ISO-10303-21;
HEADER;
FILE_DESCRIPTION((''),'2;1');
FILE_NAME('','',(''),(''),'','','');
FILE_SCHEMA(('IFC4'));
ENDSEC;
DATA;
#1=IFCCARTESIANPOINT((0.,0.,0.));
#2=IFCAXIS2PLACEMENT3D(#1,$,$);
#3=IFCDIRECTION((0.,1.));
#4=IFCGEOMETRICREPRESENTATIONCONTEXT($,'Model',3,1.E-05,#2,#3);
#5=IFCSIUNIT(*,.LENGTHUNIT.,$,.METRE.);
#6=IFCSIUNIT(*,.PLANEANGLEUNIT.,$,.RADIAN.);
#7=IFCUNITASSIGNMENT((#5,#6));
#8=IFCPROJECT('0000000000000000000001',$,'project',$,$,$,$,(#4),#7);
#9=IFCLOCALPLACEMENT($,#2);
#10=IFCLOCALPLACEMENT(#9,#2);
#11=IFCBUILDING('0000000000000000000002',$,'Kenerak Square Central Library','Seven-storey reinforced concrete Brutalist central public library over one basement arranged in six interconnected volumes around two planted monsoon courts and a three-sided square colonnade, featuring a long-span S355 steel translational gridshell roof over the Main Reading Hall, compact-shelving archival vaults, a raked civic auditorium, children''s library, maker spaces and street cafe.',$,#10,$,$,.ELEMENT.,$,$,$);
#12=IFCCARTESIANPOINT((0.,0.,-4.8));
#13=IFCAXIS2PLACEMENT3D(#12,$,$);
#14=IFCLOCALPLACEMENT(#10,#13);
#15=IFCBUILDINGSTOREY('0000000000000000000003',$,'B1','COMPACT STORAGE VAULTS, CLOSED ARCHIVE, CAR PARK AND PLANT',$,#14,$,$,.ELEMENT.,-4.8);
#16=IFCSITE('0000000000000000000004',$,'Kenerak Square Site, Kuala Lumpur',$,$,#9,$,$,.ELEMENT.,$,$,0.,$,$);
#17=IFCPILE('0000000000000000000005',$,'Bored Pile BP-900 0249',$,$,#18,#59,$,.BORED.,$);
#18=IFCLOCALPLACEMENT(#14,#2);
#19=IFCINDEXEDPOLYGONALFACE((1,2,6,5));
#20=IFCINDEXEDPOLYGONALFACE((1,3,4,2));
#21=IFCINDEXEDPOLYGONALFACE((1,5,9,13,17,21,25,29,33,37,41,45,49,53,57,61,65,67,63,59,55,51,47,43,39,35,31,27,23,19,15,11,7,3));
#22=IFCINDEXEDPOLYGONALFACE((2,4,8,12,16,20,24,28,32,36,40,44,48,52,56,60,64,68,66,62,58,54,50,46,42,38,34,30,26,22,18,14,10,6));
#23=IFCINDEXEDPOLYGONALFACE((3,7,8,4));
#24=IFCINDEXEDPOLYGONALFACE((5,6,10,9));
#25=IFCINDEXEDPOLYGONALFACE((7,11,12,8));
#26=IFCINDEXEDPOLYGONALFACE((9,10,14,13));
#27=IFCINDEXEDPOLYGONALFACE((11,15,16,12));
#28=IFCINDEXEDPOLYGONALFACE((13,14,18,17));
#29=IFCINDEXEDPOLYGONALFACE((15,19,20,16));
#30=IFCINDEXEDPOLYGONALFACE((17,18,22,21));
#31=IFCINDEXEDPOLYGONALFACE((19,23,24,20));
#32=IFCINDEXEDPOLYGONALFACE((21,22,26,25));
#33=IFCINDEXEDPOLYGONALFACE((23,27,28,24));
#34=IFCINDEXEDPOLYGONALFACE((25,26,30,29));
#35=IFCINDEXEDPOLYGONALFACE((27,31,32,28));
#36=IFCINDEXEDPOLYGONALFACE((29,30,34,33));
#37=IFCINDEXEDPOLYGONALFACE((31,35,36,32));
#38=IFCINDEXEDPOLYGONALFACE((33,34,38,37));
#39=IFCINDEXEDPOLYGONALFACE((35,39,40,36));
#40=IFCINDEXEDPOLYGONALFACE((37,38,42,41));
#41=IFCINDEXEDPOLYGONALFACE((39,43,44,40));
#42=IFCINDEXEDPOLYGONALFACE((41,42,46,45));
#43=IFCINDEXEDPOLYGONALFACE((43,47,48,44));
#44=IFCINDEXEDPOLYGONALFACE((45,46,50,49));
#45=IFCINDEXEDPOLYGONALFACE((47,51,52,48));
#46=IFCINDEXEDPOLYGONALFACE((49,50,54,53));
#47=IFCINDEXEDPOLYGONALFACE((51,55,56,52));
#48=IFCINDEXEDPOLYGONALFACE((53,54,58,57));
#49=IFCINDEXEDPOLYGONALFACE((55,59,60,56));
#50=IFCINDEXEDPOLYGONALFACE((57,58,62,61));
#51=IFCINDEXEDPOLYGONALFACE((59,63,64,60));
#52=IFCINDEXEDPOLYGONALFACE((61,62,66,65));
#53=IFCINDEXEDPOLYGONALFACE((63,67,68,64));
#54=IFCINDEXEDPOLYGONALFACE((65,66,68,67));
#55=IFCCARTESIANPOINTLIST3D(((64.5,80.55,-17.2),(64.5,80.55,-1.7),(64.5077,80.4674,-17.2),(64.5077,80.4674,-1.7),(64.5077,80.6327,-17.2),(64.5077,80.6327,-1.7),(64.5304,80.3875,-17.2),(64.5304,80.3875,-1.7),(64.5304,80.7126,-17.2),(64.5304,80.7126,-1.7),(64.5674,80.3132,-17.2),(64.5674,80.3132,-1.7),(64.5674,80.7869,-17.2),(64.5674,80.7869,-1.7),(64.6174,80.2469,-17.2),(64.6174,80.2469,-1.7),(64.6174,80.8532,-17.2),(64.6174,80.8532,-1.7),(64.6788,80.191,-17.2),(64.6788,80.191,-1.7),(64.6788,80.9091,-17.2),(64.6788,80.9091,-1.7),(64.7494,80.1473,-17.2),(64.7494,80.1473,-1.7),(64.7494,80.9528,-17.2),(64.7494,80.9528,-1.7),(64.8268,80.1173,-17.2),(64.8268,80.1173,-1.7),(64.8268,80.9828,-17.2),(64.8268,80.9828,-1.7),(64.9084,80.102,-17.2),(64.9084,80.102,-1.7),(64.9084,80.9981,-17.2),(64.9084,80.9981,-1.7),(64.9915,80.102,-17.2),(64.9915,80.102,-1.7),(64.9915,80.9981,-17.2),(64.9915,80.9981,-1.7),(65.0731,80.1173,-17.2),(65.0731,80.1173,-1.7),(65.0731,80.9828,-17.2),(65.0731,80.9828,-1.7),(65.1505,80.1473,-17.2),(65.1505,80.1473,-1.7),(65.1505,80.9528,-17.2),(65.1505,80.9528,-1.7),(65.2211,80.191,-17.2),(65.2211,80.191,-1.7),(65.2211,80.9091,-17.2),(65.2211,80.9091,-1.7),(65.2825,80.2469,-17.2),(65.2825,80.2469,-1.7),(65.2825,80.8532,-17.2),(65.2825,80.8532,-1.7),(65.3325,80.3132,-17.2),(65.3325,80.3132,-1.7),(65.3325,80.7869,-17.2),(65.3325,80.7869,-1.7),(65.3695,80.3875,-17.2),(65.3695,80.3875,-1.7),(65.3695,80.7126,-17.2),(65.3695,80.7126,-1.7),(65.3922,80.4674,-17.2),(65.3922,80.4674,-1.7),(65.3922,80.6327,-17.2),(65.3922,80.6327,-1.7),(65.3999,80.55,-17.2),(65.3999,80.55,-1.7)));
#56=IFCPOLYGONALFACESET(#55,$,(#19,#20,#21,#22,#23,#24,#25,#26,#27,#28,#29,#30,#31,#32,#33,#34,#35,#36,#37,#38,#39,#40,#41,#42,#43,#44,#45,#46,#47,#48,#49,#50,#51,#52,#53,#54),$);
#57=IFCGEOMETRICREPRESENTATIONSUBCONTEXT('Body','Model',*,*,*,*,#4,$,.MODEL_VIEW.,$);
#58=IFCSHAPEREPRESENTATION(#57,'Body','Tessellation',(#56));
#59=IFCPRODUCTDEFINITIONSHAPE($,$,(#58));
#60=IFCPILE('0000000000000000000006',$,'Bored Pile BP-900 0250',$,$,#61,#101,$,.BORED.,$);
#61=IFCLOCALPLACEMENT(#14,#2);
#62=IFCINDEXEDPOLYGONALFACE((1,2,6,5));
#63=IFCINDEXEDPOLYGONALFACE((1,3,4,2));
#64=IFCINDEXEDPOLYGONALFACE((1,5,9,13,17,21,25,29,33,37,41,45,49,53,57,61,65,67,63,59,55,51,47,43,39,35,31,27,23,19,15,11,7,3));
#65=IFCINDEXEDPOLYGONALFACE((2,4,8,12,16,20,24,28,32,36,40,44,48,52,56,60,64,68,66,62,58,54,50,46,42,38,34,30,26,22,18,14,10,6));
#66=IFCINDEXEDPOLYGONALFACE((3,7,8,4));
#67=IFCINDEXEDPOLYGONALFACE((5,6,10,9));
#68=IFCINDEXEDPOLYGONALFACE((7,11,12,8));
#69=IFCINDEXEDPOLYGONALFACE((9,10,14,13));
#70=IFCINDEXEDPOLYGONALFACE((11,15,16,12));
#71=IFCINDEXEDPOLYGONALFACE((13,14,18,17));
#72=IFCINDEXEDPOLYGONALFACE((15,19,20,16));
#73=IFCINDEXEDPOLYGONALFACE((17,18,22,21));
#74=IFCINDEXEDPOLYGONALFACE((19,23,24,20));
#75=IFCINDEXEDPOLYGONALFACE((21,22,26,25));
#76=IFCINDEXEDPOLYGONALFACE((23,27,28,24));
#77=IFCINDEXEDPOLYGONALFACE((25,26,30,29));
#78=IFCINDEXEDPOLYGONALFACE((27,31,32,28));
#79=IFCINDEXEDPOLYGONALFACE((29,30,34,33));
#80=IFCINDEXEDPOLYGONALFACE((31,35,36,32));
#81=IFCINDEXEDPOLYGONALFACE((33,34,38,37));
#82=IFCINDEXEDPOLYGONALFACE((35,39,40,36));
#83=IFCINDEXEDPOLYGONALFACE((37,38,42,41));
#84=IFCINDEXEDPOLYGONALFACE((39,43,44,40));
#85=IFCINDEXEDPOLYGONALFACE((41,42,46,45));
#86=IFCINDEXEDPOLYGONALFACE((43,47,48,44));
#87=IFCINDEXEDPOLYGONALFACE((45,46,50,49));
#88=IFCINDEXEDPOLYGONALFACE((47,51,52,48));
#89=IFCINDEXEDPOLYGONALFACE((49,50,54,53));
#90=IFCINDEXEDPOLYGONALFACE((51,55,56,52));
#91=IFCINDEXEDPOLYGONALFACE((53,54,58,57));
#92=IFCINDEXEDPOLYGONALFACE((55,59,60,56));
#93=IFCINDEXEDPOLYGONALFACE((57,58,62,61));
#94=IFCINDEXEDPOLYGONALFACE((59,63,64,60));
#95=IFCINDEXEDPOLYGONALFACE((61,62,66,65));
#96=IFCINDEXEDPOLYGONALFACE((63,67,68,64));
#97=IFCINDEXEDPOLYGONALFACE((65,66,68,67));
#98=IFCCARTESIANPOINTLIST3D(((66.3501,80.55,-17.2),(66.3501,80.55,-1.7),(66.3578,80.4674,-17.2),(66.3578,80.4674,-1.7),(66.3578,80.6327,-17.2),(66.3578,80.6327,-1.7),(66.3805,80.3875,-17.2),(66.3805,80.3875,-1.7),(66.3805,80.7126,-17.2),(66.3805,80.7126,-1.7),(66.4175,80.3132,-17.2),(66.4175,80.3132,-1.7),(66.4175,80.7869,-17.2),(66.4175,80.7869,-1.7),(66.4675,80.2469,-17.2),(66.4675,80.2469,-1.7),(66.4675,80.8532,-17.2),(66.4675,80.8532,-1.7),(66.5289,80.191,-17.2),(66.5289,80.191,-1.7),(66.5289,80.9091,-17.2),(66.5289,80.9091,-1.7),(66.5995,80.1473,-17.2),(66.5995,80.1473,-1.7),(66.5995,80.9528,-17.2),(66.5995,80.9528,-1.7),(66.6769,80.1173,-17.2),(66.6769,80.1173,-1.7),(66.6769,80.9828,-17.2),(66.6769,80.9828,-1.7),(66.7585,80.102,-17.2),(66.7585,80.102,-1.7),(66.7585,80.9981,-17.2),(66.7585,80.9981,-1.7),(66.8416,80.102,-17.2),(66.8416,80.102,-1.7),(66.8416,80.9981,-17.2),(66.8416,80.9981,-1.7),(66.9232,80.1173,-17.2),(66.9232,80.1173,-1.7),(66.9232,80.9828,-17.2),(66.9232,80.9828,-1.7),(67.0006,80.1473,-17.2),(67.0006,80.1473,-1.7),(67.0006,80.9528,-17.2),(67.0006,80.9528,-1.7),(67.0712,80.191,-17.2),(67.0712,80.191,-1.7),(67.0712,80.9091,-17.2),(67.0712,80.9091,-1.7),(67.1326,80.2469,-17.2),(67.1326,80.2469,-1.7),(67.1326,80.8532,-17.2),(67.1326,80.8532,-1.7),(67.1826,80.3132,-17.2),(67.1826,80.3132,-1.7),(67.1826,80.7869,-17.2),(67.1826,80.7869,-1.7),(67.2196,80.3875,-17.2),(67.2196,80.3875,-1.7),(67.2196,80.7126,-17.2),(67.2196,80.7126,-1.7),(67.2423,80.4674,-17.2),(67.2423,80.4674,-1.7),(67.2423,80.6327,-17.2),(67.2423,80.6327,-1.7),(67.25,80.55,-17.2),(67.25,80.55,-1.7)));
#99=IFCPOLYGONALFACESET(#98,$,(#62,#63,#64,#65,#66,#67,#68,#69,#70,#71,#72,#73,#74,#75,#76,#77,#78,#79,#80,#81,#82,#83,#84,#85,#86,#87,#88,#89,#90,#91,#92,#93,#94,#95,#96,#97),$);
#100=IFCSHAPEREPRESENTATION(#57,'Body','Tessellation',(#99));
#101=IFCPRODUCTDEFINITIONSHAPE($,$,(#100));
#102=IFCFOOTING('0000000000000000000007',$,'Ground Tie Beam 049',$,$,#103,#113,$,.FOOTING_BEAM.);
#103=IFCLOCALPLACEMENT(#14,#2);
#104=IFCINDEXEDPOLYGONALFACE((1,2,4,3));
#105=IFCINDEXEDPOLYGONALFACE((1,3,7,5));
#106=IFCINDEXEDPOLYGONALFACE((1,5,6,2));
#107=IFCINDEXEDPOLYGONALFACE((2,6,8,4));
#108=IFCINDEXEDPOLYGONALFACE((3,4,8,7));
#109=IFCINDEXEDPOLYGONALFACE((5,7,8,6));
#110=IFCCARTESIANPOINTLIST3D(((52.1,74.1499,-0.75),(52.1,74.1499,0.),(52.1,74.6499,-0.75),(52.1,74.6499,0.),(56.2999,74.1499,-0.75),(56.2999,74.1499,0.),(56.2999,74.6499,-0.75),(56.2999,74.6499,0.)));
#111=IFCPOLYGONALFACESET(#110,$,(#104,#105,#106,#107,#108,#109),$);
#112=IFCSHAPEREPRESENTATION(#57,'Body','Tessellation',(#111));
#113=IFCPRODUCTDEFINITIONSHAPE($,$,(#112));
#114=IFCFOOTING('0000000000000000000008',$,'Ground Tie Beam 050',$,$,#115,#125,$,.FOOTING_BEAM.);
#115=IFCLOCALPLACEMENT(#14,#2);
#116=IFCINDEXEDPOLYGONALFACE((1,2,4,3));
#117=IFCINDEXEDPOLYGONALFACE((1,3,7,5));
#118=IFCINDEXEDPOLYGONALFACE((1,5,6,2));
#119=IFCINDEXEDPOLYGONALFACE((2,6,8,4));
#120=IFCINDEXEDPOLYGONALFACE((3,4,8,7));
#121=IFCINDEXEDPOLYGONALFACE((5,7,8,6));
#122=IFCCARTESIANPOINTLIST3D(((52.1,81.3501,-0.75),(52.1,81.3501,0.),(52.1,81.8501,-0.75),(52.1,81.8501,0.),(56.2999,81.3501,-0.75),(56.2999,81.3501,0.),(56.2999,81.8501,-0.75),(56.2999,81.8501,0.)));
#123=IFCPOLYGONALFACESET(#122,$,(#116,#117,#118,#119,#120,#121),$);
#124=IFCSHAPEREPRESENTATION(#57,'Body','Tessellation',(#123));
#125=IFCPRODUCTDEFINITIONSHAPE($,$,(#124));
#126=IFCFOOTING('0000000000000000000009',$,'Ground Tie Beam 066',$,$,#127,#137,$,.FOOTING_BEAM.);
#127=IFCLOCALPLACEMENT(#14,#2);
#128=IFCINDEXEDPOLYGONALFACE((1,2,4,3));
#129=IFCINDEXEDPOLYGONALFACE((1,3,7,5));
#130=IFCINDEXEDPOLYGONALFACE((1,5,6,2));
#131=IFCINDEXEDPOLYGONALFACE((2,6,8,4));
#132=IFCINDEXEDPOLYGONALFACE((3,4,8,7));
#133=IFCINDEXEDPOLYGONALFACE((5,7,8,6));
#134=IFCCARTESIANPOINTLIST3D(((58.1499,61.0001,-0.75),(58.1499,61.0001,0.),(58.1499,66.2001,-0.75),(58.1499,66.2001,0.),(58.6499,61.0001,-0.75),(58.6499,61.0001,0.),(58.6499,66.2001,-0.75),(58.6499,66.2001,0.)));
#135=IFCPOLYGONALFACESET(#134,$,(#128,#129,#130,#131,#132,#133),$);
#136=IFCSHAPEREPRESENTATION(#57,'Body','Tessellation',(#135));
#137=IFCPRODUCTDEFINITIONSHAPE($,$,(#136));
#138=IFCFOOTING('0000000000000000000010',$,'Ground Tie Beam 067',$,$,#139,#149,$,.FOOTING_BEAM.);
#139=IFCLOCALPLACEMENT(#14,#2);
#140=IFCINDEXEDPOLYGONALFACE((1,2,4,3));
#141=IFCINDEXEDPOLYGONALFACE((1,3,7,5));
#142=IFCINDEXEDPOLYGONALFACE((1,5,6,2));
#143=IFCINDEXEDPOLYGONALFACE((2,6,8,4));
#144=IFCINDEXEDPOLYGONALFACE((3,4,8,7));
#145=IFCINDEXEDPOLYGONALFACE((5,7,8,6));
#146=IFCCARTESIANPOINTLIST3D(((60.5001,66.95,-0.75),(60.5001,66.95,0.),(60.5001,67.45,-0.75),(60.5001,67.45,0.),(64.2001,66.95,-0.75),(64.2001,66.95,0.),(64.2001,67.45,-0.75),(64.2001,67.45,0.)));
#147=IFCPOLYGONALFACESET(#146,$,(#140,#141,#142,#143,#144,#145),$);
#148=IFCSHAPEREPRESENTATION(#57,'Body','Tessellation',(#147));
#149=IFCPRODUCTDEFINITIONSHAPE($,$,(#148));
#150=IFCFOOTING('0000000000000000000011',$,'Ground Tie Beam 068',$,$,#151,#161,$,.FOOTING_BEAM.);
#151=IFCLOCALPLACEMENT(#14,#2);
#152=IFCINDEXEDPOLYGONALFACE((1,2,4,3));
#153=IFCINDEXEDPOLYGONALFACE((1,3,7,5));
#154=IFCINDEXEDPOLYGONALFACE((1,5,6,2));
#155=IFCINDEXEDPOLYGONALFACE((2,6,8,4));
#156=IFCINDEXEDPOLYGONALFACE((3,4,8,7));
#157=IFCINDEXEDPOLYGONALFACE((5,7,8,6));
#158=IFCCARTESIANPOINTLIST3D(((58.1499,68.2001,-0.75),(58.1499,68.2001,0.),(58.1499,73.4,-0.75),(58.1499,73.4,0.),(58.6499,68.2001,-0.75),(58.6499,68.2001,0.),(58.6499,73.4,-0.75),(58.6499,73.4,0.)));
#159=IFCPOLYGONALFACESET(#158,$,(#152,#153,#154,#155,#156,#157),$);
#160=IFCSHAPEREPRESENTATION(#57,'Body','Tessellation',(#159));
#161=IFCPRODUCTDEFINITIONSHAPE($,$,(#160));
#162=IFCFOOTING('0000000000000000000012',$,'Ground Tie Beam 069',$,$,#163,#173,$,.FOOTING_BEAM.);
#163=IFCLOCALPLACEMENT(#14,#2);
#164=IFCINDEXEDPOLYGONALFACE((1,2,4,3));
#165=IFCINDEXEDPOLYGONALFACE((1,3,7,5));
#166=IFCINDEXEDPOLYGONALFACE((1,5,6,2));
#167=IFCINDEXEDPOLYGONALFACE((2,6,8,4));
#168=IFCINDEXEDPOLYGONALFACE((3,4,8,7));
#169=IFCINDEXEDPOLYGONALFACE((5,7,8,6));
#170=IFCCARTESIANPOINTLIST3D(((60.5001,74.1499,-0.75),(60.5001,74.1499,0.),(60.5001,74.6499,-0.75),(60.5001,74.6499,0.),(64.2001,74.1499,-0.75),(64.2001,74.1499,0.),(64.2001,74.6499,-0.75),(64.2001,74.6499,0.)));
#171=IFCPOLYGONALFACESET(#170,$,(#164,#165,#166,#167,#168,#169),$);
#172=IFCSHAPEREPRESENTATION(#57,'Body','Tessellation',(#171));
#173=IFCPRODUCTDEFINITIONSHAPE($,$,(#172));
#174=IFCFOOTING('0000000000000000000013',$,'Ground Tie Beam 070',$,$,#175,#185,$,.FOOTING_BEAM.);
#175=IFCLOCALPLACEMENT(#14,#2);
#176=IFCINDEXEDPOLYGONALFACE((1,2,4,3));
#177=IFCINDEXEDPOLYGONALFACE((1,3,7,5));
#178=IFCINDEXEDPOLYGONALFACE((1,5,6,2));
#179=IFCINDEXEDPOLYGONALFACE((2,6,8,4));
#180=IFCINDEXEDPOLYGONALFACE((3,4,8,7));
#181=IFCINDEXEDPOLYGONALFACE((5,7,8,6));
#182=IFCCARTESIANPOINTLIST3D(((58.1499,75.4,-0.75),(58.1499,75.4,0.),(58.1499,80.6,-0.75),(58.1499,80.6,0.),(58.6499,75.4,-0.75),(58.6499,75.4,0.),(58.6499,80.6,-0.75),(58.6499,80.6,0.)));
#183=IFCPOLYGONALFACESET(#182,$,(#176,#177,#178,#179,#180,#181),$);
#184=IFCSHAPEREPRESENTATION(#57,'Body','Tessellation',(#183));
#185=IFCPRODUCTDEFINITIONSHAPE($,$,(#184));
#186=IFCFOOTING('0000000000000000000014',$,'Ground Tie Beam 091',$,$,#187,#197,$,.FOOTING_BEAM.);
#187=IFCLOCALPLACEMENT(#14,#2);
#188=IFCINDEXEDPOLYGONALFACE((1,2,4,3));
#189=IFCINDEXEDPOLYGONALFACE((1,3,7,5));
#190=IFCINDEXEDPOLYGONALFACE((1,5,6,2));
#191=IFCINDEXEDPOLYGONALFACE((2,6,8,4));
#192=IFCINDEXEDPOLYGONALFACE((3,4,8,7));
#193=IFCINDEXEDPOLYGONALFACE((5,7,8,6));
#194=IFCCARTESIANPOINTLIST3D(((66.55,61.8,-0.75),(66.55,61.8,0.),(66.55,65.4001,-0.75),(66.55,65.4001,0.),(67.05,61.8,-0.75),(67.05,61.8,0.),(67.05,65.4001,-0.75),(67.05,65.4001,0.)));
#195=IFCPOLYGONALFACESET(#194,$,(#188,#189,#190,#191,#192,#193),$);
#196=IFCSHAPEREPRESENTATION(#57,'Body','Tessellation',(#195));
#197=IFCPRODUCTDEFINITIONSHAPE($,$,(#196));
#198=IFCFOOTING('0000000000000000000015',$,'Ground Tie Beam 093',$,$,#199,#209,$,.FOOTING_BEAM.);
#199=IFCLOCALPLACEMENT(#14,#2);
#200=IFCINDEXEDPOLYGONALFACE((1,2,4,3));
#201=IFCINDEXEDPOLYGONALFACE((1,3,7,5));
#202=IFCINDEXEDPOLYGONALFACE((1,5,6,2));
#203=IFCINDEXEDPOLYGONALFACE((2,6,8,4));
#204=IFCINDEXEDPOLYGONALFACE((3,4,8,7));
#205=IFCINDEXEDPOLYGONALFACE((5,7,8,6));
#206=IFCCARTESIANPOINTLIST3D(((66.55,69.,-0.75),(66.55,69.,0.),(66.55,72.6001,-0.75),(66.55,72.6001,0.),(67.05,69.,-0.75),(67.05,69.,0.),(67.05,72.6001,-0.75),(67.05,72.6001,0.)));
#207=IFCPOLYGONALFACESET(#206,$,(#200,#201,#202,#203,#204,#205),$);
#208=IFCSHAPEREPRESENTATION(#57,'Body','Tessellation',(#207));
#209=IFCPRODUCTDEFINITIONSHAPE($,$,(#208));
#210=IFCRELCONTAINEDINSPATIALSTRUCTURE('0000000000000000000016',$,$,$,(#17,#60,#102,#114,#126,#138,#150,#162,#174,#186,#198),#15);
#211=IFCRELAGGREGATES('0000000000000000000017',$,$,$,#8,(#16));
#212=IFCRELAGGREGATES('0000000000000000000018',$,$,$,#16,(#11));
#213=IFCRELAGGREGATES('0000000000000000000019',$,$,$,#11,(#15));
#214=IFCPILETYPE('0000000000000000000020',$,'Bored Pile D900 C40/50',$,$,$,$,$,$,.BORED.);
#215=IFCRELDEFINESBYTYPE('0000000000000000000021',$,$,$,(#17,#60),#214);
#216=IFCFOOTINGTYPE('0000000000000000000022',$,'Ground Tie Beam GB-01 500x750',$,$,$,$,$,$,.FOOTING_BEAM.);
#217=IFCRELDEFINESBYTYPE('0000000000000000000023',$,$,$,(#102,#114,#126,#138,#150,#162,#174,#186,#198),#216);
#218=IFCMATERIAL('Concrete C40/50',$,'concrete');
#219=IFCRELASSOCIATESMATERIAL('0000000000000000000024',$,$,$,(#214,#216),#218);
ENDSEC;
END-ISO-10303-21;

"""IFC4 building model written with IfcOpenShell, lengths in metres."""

from ifc_helpers import new_model, si_unit, direction, frame, origin, origin_2d, place, context, subcontext, project, spatial, rectangle, circle, extrude, material, material_profile, profile_set, type_object, element, save


model = new_model("IFC4")

# Units and contexts
model_context = context("Model", 3, precision=1e-05, world=origin(), true_north=direction((0.0, 1.0)))
body_context = subcontext(model_context, "Body", "Model", "MODEL_VIEW")
ifc_project = project(units=[si_unit("LENGTHUNIT", "METRE"), si_unit("PLANEANGLEUNIT", "RADIAN")], contexts=[model_context])

# Site, building, storey
site_placement = place(None, origin())
site = spatial("IfcSite", under=ifc_project, at=site_placement, Name="Kenerak Square Site, Kuala Lumpur", CompositionType="ELEMENT", RefElevation=0.0)
building_placement = place(site_placement, origin())
building = spatial("IfcBuilding", under=site, at=building_placement, Name="Kenerak Square Central Library", Description="Seven-storey reinforced concrete Brutalist central public library over one basement arranged in six interconnected volumes around two planted monsoon courts and a three-sided square colonnade, featuring a long-span S355 steel translational gridshell roof over the Main Reading Hall, compact-shelving archival vaults, a raked civic auditorium, children's library, maker spaces and street cafe.", CompositionType="ELEMENT")
storey_placement = place(building_placement, frame((0.0, 0.0, -4.8)))
storey = spatial("IfcBuildingStorey", under=building, at=storey_placement, Name="B1", Description="COMPACT STORAGE VAULTS, CLOSED ARCHIVE, CAR PARK AND PLANT", CompositionType="ELEMENT", Elevation=-4.8)

# Piles
ifc_material_1 = material(Name="Concrete C40/50", Category="concrete")
ifc_material_profile_1 = material_profile(ifc_material_1, circle(Radius=0.45, at=origin_2d()), Name="BP D900")
ifc_profile_set_1 = profile_set([ifc_material_profile_1], Name="Concrete C40/50")
pile_type = type_object("IfcPileType", Name="Bored Pile D900 C40/50", PredefinedType="BORED", material=ifc_profile_set_1)
for number, where, z_axis, x_axis, name in (
    (1, (64.95, 80.55, -1.7), (0.0, 0.0, -1.0), (1.0, 0.0, 0.0), "Bored Pile BP-900 0249"),
    (2, (66.8, 80.55, -1.7), (0.0, 0.0, -1.0), (1.0, 0.0, 0.0), "Bored Pile BP-900 0250"),
):
    element("IfcPile", number, at=place(storey_placement, frame(where, z_axis=z_axis, x_axis=x_axis)), inside=storey, type_object=pile_type, Name=name, PredefinedType="BORED", context=body_context, shape_type="SweptSolid", body=[
        extrude(circle(Radius=0.45, at=origin_2d()), origin(), (0.0, 0.0, 1.0), 15.5),
    ])

# Footings
footing_type_1 = type_object("IfcFootingType", Name="Ground Tie Beam GB-01 500x750", PredefinedType="FOOTING_BEAM", material=ifc_material_1)
for number, where, z_axis, x_axis, name in (
    (3, (54.2, 74.3999, -0.75), (0.0, 0.0, 1.0), (1.0, 0.0, 0.0), "Ground Tie Beam 049"),
    (4, (54.2, 81.6001, -0.75), (0.0, 0.0, 1.0), (1.0, 0.0, 0.0), "Ground Tie Beam 050"),
):
    element("IfcFooting", number, at=place(storey_placement, frame(where, z_axis=z_axis, x_axis=x_axis)), inside=storey, type_object=footing_type_1, Name=name, PredefinedType="FOOTING_BEAM", context=body_context, shape_type="SweptSolid", body=[
        extrude(rectangle(XDim=4.2, YDim=0.5, at=origin_2d()), origin(), (0.0, 0.0, 1.0), 0.75),
    ])
footing_1_placement = place(storey_placement, frame((58.3999, 63.6001, -0.75), z_axis=(0.0, 0.0, 1.0), x_axis=(1.0, 0.0, 0.0)))
element("IfcFooting", 5, at=footing_1_placement, inside=storey, type_object=footing_type_1, Name="Ground Tie Beam 066", PredefinedType="FOOTING_BEAM", context=body_context, shape_type="SweptSolid", body=[
    extrude(rectangle(XDim=0.5, YDim=5.2, at=origin_2d()), origin(), (0.0, 0.0, 1.0), 0.75),
])
footing_2_placement = place(storey_placement, frame((62.3501, 67.2, -0.75), z_axis=(0.0, 0.0, 1.0), x_axis=(1.0, 0.0, 0.0)))
element("IfcFooting", 6, at=footing_2_placement, inside=storey, type_object=footing_type_1, Name="Ground Tie Beam 067", PredefinedType="FOOTING_BEAM", context=body_context, shape_type="SweptSolid", body=[
    extrude(rectangle(XDim=3.7, YDim=0.5, at=origin_2d()), origin(), (0.0, 0.0, 1.0), 0.75),
])
footing_3_placement = place(storey_placement, frame((58.3999, 70.8, -0.75), z_axis=(0.0, 0.0, 1.0), x_axis=(1.0, 0.0, 0.0)))
element("IfcFooting", 7, at=footing_3_placement, inside=storey, type_object=footing_type_1, Name="Ground Tie Beam 068", PredefinedType="FOOTING_BEAM", context=body_context, shape_type="SweptSolid", body=[
    extrude(rectangle(XDim=0.5, YDim=5.2, at=origin_2d()), origin(), (0.0, 0.0, 1.0), 0.75),
])
footing_4_placement = place(storey_placement, frame((62.3501, 74.3999, -0.75), z_axis=(0.0, 0.0, 1.0), x_axis=(1.0, 0.0, 0.0)))
element("IfcFooting", 8, at=footing_4_placement, inside=storey, type_object=footing_type_1, Name="Ground Tie Beam 069", PredefinedType="FOOTING_BEAM", context=body_context, shape_type="SweptSolid", body=[
    extrude(rectangle(XDim=3.7, YDim=0.5, at=origin_2d()), origin(), (0.0, 0.0, 1.0), 0.75),
])
footing_5_placement = place(storey_placement, frame((58.3999, 78.0, -0.75), z_axis=(0.0, 0.0, 1.0), x_axis=(1.0, 0.0, 0.0)))
element("IfcFooting", 9, at=footing_5_placement, inside=storey, type_object=footing_type_1, Name="Ground Tie Beam 070", PredefinedType="FOOTING_BEAM", context=body_context, shape_type="SweptSolid", body=[
    extrude(rectangle(XDim=0.5, YDim=5.2, at=origin_2d()), origin(), (0.0, 0.0, 1.0), 0.75),
])
for number, where, z_axis, x_axis, name in (
    (10, (66.8, 63.6001, -0.75), (0.0, 0.0, 1.0), (1.0, 0.0, 0.0), "Ground Tie Beam 091"),
    (11, (66.8, 70.8, -0.75), (0.0, 0.0, 1.0), (1.0, 0.0, 0.0), "Ground Tie Beam 093"),
):
    element("IfcFooting", number, at=place(storey_placement, frame(where, z_axis=z_axis, x_axis=x_axis)), inside=storey, type_object=footing_type_1, Name=name, PredefinedType="FOOTING_BEAM", context=body_context, shape_type="SweptSolid", body=[
        extrude(rectangle(XDim=0.5, YDim=3.6001, at=origin_2d()), origin(), (0.0, 0.0, 1.0), 0.75),
    ])

save(model, "model.ifc")
